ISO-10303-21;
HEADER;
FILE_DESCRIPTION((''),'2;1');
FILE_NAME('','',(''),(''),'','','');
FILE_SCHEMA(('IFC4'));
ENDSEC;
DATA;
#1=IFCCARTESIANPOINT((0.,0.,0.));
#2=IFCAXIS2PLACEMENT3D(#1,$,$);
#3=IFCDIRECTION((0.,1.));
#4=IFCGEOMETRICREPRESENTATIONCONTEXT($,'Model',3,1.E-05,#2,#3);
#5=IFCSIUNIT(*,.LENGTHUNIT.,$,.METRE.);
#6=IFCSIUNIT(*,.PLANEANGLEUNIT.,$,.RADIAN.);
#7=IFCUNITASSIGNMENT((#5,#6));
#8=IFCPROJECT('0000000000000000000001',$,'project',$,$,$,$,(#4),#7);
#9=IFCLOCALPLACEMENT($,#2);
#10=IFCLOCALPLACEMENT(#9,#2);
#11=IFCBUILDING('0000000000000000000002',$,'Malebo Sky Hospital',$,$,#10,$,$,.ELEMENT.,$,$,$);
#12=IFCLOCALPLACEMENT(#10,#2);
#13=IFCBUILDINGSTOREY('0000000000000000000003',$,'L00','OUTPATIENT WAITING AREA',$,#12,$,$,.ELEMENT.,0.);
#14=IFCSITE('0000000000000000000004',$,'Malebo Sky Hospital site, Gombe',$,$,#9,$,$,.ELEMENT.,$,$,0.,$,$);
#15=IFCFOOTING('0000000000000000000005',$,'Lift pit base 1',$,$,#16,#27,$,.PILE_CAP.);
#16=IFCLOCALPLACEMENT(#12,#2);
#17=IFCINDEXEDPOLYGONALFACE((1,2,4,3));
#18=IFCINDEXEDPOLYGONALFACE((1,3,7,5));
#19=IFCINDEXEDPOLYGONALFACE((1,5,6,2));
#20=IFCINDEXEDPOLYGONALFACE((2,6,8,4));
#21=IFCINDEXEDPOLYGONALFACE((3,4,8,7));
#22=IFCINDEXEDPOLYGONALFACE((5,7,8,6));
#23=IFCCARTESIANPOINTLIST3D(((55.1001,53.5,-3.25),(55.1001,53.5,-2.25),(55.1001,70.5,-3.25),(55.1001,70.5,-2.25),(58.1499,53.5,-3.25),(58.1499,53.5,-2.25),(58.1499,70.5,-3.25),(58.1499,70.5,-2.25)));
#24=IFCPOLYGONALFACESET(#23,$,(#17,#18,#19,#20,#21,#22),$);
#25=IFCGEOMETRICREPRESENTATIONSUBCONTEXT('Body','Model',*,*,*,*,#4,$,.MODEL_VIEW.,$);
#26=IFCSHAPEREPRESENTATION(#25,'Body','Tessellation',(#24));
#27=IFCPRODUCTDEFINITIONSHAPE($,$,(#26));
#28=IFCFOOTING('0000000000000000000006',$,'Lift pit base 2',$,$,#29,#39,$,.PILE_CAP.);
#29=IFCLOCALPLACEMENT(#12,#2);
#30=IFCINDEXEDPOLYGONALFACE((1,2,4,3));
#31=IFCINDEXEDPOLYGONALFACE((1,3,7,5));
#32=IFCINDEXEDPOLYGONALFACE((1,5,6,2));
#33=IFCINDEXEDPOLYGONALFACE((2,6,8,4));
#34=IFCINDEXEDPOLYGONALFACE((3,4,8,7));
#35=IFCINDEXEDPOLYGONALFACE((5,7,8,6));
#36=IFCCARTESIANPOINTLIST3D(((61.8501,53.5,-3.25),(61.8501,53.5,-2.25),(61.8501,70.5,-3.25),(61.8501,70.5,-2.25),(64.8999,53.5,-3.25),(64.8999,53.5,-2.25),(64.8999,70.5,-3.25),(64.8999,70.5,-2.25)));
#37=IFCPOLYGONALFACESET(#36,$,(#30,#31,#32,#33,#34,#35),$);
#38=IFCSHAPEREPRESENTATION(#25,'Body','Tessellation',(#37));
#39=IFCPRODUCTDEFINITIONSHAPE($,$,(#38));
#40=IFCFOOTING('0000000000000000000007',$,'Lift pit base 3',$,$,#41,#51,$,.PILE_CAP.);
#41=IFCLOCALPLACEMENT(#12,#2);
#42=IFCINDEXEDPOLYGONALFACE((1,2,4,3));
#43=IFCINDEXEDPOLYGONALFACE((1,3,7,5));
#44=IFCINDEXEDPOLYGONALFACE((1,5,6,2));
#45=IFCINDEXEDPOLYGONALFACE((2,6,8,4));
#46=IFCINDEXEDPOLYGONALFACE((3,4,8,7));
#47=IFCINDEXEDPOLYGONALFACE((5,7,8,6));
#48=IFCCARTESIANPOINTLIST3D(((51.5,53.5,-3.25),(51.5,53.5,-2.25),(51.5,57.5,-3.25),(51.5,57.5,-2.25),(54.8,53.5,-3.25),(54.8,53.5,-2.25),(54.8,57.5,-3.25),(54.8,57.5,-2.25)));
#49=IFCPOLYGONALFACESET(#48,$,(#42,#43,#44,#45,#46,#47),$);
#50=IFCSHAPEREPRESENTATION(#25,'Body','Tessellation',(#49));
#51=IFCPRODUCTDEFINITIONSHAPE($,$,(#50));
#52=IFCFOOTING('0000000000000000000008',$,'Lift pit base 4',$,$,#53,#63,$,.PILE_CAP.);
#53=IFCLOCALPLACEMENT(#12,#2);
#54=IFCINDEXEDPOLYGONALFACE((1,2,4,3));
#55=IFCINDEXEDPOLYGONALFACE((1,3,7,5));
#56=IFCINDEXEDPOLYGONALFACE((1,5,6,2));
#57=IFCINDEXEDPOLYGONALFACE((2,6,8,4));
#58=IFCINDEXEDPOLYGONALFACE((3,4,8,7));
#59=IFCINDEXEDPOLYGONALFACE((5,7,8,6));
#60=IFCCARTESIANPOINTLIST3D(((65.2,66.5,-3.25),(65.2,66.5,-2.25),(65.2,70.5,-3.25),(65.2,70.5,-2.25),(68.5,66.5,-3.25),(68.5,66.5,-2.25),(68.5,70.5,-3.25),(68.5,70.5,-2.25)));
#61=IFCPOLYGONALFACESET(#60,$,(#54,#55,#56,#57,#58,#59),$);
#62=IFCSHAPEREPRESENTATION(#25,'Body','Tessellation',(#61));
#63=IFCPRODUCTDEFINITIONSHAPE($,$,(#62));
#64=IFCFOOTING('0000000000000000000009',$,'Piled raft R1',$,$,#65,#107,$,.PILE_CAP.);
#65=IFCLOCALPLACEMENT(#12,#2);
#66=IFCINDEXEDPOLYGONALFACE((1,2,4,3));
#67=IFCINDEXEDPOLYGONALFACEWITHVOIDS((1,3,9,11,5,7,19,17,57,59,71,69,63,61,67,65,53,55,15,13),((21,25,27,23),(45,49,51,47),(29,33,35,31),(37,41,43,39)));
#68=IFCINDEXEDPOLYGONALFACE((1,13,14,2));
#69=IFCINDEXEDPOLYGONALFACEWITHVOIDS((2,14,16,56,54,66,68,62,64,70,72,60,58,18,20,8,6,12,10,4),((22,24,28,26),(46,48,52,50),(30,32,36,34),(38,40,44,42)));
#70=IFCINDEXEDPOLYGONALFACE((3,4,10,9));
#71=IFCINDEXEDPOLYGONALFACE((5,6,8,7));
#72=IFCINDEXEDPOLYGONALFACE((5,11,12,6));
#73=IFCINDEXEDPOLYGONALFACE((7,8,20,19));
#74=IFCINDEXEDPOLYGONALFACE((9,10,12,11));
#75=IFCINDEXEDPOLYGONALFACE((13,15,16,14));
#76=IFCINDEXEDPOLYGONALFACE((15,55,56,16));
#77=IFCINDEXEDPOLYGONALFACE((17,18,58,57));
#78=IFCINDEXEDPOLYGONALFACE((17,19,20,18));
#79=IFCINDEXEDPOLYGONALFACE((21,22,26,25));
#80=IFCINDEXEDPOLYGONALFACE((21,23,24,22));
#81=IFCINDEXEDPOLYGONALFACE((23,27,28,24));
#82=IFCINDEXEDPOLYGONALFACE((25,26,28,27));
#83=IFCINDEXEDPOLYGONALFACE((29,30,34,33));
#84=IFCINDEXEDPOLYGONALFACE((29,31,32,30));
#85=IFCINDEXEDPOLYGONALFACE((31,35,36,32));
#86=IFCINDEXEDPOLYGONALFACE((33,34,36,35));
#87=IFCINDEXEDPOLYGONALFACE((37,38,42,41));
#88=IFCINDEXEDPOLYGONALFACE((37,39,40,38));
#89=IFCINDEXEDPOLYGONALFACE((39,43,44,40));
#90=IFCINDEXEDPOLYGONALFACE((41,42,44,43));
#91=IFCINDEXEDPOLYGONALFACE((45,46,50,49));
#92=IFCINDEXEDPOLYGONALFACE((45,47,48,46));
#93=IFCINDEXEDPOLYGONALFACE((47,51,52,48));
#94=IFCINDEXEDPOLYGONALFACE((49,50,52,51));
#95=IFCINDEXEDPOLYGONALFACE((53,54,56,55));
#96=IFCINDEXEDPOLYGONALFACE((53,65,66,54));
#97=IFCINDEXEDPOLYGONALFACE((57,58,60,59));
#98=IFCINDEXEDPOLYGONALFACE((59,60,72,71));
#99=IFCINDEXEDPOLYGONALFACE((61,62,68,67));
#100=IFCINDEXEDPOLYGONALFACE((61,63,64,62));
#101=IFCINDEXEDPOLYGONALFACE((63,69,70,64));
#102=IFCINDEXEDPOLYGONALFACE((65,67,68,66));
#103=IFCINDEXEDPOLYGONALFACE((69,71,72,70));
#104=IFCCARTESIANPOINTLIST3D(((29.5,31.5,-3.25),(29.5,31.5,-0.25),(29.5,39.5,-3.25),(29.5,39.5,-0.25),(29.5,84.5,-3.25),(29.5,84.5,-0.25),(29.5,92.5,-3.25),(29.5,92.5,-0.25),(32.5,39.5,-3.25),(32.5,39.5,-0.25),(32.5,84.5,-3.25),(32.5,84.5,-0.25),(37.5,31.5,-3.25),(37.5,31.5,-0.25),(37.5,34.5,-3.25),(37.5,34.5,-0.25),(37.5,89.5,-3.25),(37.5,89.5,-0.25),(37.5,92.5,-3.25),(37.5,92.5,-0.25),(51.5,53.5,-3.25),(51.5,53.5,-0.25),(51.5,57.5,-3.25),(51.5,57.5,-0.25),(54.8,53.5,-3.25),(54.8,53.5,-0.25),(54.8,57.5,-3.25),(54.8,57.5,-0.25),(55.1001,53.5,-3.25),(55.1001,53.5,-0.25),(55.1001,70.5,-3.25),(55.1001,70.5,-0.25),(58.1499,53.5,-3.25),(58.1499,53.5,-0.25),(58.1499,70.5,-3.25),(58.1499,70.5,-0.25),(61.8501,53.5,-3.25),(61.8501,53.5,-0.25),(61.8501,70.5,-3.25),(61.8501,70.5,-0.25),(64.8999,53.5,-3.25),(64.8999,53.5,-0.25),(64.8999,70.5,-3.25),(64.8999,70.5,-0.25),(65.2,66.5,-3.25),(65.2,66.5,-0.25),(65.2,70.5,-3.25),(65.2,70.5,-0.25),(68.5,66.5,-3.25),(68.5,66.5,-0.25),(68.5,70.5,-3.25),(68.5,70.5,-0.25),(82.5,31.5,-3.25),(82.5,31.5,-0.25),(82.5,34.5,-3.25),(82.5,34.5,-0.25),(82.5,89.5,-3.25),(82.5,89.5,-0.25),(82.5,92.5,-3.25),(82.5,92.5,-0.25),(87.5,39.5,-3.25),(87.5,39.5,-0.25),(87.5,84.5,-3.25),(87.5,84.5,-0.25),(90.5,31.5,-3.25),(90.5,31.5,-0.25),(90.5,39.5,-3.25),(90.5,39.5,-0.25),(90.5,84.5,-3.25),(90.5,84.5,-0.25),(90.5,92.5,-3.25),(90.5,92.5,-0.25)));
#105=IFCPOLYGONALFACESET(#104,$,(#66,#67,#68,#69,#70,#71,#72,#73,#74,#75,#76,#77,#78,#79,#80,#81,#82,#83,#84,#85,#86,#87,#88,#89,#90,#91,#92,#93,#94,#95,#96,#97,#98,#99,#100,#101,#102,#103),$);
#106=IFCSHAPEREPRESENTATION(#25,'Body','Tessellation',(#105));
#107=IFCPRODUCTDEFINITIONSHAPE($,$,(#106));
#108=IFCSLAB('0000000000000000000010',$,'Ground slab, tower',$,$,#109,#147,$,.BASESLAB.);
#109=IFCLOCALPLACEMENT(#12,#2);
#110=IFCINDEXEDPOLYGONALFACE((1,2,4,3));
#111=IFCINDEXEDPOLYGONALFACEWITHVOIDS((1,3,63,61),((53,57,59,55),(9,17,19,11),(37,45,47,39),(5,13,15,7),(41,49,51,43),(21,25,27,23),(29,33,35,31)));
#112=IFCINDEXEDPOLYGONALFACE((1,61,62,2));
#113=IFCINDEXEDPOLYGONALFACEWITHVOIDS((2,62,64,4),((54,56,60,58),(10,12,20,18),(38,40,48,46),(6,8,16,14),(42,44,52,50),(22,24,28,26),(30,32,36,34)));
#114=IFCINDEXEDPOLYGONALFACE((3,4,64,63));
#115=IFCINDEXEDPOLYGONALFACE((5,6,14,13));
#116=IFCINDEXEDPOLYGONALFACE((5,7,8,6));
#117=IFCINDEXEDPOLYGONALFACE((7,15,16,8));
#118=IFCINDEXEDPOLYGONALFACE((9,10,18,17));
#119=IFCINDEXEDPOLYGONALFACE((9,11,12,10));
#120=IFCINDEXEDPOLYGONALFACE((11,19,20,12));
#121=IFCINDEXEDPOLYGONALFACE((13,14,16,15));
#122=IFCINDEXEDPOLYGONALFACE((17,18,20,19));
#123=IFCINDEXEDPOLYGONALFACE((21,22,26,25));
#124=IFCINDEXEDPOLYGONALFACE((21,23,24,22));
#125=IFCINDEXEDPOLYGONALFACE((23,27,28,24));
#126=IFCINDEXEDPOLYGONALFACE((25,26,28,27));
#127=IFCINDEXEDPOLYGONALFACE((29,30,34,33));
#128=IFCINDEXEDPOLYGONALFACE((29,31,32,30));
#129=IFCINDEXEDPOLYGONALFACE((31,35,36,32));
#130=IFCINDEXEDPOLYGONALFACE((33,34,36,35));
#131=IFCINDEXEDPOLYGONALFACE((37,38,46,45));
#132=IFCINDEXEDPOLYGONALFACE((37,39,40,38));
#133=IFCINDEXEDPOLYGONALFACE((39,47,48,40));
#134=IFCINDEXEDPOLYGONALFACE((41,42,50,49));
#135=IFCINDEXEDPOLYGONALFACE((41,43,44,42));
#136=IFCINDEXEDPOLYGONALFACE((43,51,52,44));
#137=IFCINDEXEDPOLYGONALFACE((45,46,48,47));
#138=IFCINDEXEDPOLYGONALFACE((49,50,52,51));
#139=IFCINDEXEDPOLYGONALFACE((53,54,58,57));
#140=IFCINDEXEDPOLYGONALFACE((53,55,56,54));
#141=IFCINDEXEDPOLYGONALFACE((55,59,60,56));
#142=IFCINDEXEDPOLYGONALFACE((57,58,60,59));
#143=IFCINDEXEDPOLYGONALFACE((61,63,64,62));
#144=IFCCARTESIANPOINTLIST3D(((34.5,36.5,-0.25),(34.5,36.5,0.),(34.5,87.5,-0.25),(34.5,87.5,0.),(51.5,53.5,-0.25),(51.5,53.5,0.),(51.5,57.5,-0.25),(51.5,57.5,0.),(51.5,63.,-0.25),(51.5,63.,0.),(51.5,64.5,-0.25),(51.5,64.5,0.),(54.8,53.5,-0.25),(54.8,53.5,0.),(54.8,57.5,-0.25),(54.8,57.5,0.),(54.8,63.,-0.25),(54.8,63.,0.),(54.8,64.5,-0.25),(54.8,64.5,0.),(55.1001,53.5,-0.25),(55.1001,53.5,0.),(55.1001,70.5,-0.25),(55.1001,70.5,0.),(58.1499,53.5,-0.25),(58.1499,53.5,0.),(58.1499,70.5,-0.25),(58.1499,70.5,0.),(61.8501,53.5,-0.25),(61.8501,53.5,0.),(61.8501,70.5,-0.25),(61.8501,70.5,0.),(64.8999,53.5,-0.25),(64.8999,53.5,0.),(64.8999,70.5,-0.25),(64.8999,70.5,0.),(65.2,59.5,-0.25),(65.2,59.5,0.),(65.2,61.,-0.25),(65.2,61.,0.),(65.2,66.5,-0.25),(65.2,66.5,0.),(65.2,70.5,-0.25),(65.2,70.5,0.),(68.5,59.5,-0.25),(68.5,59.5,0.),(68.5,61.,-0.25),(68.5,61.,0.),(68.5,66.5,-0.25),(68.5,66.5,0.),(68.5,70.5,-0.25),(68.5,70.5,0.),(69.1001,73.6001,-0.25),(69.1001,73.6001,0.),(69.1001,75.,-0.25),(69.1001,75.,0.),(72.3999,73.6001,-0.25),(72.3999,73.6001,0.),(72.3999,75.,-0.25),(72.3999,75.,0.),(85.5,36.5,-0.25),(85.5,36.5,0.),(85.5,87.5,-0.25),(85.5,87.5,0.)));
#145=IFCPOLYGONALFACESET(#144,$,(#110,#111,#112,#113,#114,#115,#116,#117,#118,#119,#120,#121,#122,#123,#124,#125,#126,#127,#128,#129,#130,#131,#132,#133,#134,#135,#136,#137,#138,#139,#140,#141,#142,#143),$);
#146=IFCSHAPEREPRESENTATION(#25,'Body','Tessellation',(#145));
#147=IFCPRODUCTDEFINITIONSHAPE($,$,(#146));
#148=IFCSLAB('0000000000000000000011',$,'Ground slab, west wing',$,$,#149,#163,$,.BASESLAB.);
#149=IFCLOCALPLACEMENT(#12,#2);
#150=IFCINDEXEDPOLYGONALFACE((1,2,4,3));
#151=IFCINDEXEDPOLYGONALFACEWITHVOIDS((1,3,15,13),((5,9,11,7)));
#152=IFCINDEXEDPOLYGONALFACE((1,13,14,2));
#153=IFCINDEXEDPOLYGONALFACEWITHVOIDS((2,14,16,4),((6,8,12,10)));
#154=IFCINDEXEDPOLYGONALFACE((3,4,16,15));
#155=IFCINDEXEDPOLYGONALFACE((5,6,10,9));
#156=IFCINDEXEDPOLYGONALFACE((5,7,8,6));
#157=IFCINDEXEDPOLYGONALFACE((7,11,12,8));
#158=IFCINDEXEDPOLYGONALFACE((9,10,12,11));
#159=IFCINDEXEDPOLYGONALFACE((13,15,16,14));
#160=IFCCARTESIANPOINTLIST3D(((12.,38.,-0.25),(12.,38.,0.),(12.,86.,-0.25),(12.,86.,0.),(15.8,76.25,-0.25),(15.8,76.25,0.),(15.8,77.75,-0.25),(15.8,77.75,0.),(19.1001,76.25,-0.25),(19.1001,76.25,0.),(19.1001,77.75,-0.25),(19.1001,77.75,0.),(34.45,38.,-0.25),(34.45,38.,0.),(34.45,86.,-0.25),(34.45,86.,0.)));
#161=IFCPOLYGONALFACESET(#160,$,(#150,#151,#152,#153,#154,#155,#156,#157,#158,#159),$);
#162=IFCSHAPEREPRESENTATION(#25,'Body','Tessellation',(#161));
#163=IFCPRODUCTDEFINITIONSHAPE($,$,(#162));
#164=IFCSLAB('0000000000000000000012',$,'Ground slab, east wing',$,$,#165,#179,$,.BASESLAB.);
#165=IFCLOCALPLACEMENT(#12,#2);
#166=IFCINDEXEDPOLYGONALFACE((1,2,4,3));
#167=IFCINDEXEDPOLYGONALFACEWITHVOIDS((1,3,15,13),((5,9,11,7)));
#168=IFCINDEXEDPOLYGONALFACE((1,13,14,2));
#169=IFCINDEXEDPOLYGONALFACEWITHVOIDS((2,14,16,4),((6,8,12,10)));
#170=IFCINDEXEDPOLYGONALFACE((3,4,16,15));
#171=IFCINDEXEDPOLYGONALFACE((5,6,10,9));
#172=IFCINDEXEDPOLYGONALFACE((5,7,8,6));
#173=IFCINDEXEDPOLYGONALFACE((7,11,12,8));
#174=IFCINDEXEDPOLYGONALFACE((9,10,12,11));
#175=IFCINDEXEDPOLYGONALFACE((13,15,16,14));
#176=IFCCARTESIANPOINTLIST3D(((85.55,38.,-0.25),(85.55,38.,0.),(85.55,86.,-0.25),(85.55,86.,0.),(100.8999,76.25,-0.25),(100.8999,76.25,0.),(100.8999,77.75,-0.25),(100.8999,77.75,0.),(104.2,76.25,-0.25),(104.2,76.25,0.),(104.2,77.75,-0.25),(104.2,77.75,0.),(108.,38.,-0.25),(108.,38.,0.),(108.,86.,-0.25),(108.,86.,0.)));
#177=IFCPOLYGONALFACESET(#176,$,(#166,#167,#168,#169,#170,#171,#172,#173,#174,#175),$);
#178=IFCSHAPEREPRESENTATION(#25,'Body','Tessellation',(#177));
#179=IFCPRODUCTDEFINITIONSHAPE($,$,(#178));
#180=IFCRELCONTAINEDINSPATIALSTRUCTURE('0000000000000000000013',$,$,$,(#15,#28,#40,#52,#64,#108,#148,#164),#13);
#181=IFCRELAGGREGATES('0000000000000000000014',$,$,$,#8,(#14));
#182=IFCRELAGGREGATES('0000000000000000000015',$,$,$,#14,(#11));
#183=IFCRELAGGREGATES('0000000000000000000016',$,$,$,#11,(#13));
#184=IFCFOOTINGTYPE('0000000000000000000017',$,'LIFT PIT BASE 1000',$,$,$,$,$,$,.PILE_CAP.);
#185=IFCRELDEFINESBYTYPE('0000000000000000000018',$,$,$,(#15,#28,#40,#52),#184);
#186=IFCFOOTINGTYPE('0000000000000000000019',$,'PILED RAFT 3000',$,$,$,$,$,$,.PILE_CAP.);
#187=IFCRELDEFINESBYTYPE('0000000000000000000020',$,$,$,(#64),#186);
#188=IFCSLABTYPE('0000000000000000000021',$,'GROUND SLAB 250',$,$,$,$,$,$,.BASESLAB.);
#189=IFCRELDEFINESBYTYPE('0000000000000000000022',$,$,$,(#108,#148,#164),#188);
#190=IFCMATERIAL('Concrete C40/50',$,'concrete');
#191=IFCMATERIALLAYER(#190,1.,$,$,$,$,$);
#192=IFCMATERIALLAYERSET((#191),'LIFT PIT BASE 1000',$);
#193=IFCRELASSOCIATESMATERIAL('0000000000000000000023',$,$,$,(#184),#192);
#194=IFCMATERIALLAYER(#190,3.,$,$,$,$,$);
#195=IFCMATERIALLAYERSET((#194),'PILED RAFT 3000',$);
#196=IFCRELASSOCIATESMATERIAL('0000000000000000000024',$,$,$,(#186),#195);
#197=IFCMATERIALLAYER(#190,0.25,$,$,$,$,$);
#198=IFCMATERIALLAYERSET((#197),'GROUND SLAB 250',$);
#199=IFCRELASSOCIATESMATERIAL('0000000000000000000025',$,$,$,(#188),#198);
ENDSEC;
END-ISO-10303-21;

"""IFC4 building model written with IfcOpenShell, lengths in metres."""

from ifc_helpers import new_model, si_unit, direction, frame, origin, place, context, subcontext, project, spatial, polyline, outline, extrude, material, layer, layer_set, type_object, element, save


model = new_model("IFC4")

# Units and contexts
model_context = context("Model", 3, precision=1e-05, world=origin(), true_north=direction((0.0, 1.0)))
body_context = subcontext(model_context, "Body", "Model", "MODEL_VIEW")
ifc_project = project(units=[si_unit("LENGTHUNIT", "METRE"), si_unit("PLANEANGLEUNIT", "RADIAN")], contexts=[model_context])

# Site, building, storey
site_placement = place(None, origin())
site = spatial("IfcSite", under=ifc_project, at=site_placement, Name="Malebo Sky Hospital site, Gombe", CompositionType="ELEMENT", RefElevation=0.0)
building_placement = place(site_placement, origin())
building = spatial("IfcBuilding", under=site, at=building_placement, Name="Malebo Sky Hospital", CompositionType="ELEMENT")
storey_placement = place(building_placement, origin())
storey = spatial("IfcBuildingStorey", under=building, at=storey_placement, Name="L00", Description="OUTPATIENT WAITING AREA", CompositionType="ELEMENT", Elevation=0.0)

# Footings
ifc_material_1 = material(Name="Concrete C40/50", Category="concrete")
ifc_layer_1 = layer(ifc_material_1, 1.0)
ifc_layer_set_1 = layer_set([ifc_layer_1], Name="LIFT PIT BASE 1000")
footing_type_1 = type_object("IfcFootingType", Name="LIFT PIT BASE 1000", PredefinedType="PILE_CAP", material=ifc_layer_set_1)
footing_1_placement = place(storey_placement, frame((0.0, 0.0, -3.25)))
element("IfcFooting", 1, at=footing_1_placement, inside=storey, type_object=footing_type_1, Name="Lift pit base 1", PredefinedType="PILE_CAP", context=body_context, shape_type="SweptSolid", body=[
    extrude(outline(polyline([(58.1499, 53.5), (58.1499, 70.5), (55.1001, 70.5), (55.1001, 53.5), (58.1499, 53.5)])), origin(), (0.0, 0.0, 1.0), 1.0),
])
footing_2_placement = place(storey_placement, frame((0.0, 0.0, -3.25)))
element("IfcFooting", 2, at=footing_2_placement, inside=storey, type_object=footing_type_1, Name="Lift pit base 2", PredefinedType="PILE_CAP", context=body_context, shape_type="SweptSolid", body=[
    extrude(outline(polyline([(64.8999, 53.5), (64.8999, 70.5), (61.8501, 70.5), (61.8501, 53.5), (64.8999, 53.5)])), origin(), (0.0, 0.0, 1.0), 1.0),
])
footing_3_placement = place(storey_placement, frame((0.0, 0.0, -3.25)))
element("IfcFooting", 3, at=footing_3_placement, inside=storey, type_object=footing_type_1, Name="Lift pit base 3", PredefinedType="PILE_CAP", context=body_context, shape_type="SweptSolid", body=[
    extrude(outline(polyline([(54.8, 53.5), (54.8, 57.5), (51.5, 57.5), (51.5, 53.5), (54.8, 53.5)])), origin(), (0.0, 0.0, 1.0), 1.0),
])
footing_4_placement = place(storey_placement, frame((0.0, 0.0, -3.25)))
element("IfcFooting", 4, at=footing_4_placement, inside=storey, type_object=footing_type_1, Name="Lift pit base 4", PredefinedType="PILE_CAP", context=body_context, shape_type="SweptSolid", body=[
    extrude(outline(polyline([(68.5, 66.5), (68.5, 70.5), (65.2, 70.5), (65.2, 66.5), (68.5, 66.5)])), origin(), (0.0, 0.0, 1.0), 1.0),
])
ifc_layer_2 = layer(ifc_material_1, 3.0)
ifc_layer_set_2 = layer_set([ifc_layer_2], Name="PILED RAFT 3000")
footing_type_2 = type_object("IfcFootingType", Name="PILED RAFT 3000", PredefinedType="PILE_CAP", material=ifc_layer_set_2)
footing_5_placement = place(storey_placement, frame((0.0, 0.0, -3.25)))
element("IfcFooting", 5, at=footing_5_placement, inside=storey, type_object=footing_type_2, Name="Piled raft R1", PredefinedType="PILE_CAP", context=body_context, shape_type="SweptSolid", body=[
    extrude(outline(polyline([(29.5, 31.5), (37.5, 31.5), (37.5, 34.5), (82.5, 34.5), (82.5, 31.5), (90.5, 31.5), (90.5, 39.5), (87.5, 39.5), (87.5, 84.5), (90.5, 84.5), (90.5, 92.5), (82.5, 92.5), (82.5, 89.5), (37.5, 89.5), (37.5, 92.5), (29.5, 92.5), (29.5, 84.5), (32.5, 84.5), (32.5, 39.5), (29.5, 39.5), (29.5, 31.5)]), holes=[polyline([(55.1001, 53.5), (55.1001, 70.5), (58.1499, 70.5), (58.1499, 53.5), (55.1001, 53.5)]), polyline([(61.8501, 53.5), (61.8501, 70.5), (64.8999, 70.5), (64.8999, 53.5), (61.8501, 53.5)]), polyline([(51.5, 53.5), (51.5, 57.5), (54.8, 57.5), (54.8, 53.5), (51.5, 53.5)]), polyline([(65.2, 66.5), (65.2, 70.5), (68.5, 70.5), (68.5, 66.5), (65.2, 66.5)])]), origin(), (0.0, 0.0, 1.0), 3.0),
])

# Slabs
ifc_layer_3 = layer(ifc_material_1, 0.25)
ifc_layer_set_3 = layer_set([ifc_layer_3], Name="GROUND SLAB 250")
slab_type_1 = type_object("IfcSlabType", Name="GROUND SLAB 250", PredefinedType="BASESLAB", material=ifc_layer_set_3)
slab_1_placement = place(storey_placement, frame((0.0, 0.0, -0.25)))
element("IfcSlab", 6, at=slab_1_placement, inside=storey, type_object=slab_type_1, Name="Ground slab, tower", PredefinedType="BASESLAB", context=body_context, shape_type="SweptSolid", body=[
    extrude(outline(polyline([(85.5, 36.5), (85.5, 87.5), (34.5, 87.5), (34.5, 36.5), (85.5, 36.5)]), holes=[polyline([(58.1499, 53.5), (55.1001, 53.5), (55.1001, 70.5), (58.1499, 70.5), (58.1499, 53.5)]), polyline([(61.8501, 53.5), (61.8501, 70.5), (64.8999, 70.5), (64.8999, 53.5), (61.8501, 53.5)]), polyline([(51.5, 57.5), (54.8, 57.5), (54.8, 53.5), (51.5, 53.5), (51.5, 57.5)]), polyline([(68.5, 70.5), (68.5, 66.5), (65.2, 66.5), (65.2, 70.5), (68.5, 70.5)]), polyline([(54.8, 63.0), (51.5, 63.0), (51.5, 64.5), (54.8, 64.5), (54.8, 63.0)]), polyline([(65.2, 59.5), (65.2, 61.0), (68.5, 61.0), (68.5, 59.5), (65.2, 59.5)]), polyline([(69.1001, 75.0), (72.3999, 75.0), (72.3999, 73.6001), (69.1001, 73.6001), (69.1001, 75.0)])]), origin(), (0.0, 0.0, 1.0), 0.25),
])
slab_2_placement = place(storey_placement, frame((0.0, 0.0, -0.25)))
element("IfcSlab", 7, at=slab_2_placement, inside=storey, type_object=slab_type_1, Name="Ground slab, west wing", PredefinedType="BASESLAB", context=body_context, shape_type="SweptSolid", body=[
    extrude(outline(polyline([(34.45, 38.0), (34.45, 86.0), (12.0, 86.0), (12.0, 38.0), (34.45, 38.0)]), holes=[polyline([(19.1001, 77.75), (19.1001, 76.25), (15.8, 76.25), (15.8, 77.75), (19.1001, 77.75)])]), origin(), (0.0, 0.0, 1.0), 0.25),
])
slab_3_placement = place(storey_placement, frame((0.0, 0.0, -0.25)))
element("IfcSlab", 8, at=slab_3_placement, inside=storey, type_object=slab_type_1, Name="Ground slab, east wing", PredefinedType="BASESLAB", context=body_context, shape_type="SweptSolid", body=[
    extrude(outline(polyline([(108.0, 38.0), (108.0, 86.0), (85.55, 86.0), (85.55, 38.0), (108.0, 38.0)]), holes=[polyline([(104.2, 76.25), (100.8999, 76.25), (100.8999, 77.75), (104.2, 77.75), (104.2, 76.25)])]), origin(), (0.0, 0.0, 1.0), 0.25),
])

save(model, "model.ifc")
